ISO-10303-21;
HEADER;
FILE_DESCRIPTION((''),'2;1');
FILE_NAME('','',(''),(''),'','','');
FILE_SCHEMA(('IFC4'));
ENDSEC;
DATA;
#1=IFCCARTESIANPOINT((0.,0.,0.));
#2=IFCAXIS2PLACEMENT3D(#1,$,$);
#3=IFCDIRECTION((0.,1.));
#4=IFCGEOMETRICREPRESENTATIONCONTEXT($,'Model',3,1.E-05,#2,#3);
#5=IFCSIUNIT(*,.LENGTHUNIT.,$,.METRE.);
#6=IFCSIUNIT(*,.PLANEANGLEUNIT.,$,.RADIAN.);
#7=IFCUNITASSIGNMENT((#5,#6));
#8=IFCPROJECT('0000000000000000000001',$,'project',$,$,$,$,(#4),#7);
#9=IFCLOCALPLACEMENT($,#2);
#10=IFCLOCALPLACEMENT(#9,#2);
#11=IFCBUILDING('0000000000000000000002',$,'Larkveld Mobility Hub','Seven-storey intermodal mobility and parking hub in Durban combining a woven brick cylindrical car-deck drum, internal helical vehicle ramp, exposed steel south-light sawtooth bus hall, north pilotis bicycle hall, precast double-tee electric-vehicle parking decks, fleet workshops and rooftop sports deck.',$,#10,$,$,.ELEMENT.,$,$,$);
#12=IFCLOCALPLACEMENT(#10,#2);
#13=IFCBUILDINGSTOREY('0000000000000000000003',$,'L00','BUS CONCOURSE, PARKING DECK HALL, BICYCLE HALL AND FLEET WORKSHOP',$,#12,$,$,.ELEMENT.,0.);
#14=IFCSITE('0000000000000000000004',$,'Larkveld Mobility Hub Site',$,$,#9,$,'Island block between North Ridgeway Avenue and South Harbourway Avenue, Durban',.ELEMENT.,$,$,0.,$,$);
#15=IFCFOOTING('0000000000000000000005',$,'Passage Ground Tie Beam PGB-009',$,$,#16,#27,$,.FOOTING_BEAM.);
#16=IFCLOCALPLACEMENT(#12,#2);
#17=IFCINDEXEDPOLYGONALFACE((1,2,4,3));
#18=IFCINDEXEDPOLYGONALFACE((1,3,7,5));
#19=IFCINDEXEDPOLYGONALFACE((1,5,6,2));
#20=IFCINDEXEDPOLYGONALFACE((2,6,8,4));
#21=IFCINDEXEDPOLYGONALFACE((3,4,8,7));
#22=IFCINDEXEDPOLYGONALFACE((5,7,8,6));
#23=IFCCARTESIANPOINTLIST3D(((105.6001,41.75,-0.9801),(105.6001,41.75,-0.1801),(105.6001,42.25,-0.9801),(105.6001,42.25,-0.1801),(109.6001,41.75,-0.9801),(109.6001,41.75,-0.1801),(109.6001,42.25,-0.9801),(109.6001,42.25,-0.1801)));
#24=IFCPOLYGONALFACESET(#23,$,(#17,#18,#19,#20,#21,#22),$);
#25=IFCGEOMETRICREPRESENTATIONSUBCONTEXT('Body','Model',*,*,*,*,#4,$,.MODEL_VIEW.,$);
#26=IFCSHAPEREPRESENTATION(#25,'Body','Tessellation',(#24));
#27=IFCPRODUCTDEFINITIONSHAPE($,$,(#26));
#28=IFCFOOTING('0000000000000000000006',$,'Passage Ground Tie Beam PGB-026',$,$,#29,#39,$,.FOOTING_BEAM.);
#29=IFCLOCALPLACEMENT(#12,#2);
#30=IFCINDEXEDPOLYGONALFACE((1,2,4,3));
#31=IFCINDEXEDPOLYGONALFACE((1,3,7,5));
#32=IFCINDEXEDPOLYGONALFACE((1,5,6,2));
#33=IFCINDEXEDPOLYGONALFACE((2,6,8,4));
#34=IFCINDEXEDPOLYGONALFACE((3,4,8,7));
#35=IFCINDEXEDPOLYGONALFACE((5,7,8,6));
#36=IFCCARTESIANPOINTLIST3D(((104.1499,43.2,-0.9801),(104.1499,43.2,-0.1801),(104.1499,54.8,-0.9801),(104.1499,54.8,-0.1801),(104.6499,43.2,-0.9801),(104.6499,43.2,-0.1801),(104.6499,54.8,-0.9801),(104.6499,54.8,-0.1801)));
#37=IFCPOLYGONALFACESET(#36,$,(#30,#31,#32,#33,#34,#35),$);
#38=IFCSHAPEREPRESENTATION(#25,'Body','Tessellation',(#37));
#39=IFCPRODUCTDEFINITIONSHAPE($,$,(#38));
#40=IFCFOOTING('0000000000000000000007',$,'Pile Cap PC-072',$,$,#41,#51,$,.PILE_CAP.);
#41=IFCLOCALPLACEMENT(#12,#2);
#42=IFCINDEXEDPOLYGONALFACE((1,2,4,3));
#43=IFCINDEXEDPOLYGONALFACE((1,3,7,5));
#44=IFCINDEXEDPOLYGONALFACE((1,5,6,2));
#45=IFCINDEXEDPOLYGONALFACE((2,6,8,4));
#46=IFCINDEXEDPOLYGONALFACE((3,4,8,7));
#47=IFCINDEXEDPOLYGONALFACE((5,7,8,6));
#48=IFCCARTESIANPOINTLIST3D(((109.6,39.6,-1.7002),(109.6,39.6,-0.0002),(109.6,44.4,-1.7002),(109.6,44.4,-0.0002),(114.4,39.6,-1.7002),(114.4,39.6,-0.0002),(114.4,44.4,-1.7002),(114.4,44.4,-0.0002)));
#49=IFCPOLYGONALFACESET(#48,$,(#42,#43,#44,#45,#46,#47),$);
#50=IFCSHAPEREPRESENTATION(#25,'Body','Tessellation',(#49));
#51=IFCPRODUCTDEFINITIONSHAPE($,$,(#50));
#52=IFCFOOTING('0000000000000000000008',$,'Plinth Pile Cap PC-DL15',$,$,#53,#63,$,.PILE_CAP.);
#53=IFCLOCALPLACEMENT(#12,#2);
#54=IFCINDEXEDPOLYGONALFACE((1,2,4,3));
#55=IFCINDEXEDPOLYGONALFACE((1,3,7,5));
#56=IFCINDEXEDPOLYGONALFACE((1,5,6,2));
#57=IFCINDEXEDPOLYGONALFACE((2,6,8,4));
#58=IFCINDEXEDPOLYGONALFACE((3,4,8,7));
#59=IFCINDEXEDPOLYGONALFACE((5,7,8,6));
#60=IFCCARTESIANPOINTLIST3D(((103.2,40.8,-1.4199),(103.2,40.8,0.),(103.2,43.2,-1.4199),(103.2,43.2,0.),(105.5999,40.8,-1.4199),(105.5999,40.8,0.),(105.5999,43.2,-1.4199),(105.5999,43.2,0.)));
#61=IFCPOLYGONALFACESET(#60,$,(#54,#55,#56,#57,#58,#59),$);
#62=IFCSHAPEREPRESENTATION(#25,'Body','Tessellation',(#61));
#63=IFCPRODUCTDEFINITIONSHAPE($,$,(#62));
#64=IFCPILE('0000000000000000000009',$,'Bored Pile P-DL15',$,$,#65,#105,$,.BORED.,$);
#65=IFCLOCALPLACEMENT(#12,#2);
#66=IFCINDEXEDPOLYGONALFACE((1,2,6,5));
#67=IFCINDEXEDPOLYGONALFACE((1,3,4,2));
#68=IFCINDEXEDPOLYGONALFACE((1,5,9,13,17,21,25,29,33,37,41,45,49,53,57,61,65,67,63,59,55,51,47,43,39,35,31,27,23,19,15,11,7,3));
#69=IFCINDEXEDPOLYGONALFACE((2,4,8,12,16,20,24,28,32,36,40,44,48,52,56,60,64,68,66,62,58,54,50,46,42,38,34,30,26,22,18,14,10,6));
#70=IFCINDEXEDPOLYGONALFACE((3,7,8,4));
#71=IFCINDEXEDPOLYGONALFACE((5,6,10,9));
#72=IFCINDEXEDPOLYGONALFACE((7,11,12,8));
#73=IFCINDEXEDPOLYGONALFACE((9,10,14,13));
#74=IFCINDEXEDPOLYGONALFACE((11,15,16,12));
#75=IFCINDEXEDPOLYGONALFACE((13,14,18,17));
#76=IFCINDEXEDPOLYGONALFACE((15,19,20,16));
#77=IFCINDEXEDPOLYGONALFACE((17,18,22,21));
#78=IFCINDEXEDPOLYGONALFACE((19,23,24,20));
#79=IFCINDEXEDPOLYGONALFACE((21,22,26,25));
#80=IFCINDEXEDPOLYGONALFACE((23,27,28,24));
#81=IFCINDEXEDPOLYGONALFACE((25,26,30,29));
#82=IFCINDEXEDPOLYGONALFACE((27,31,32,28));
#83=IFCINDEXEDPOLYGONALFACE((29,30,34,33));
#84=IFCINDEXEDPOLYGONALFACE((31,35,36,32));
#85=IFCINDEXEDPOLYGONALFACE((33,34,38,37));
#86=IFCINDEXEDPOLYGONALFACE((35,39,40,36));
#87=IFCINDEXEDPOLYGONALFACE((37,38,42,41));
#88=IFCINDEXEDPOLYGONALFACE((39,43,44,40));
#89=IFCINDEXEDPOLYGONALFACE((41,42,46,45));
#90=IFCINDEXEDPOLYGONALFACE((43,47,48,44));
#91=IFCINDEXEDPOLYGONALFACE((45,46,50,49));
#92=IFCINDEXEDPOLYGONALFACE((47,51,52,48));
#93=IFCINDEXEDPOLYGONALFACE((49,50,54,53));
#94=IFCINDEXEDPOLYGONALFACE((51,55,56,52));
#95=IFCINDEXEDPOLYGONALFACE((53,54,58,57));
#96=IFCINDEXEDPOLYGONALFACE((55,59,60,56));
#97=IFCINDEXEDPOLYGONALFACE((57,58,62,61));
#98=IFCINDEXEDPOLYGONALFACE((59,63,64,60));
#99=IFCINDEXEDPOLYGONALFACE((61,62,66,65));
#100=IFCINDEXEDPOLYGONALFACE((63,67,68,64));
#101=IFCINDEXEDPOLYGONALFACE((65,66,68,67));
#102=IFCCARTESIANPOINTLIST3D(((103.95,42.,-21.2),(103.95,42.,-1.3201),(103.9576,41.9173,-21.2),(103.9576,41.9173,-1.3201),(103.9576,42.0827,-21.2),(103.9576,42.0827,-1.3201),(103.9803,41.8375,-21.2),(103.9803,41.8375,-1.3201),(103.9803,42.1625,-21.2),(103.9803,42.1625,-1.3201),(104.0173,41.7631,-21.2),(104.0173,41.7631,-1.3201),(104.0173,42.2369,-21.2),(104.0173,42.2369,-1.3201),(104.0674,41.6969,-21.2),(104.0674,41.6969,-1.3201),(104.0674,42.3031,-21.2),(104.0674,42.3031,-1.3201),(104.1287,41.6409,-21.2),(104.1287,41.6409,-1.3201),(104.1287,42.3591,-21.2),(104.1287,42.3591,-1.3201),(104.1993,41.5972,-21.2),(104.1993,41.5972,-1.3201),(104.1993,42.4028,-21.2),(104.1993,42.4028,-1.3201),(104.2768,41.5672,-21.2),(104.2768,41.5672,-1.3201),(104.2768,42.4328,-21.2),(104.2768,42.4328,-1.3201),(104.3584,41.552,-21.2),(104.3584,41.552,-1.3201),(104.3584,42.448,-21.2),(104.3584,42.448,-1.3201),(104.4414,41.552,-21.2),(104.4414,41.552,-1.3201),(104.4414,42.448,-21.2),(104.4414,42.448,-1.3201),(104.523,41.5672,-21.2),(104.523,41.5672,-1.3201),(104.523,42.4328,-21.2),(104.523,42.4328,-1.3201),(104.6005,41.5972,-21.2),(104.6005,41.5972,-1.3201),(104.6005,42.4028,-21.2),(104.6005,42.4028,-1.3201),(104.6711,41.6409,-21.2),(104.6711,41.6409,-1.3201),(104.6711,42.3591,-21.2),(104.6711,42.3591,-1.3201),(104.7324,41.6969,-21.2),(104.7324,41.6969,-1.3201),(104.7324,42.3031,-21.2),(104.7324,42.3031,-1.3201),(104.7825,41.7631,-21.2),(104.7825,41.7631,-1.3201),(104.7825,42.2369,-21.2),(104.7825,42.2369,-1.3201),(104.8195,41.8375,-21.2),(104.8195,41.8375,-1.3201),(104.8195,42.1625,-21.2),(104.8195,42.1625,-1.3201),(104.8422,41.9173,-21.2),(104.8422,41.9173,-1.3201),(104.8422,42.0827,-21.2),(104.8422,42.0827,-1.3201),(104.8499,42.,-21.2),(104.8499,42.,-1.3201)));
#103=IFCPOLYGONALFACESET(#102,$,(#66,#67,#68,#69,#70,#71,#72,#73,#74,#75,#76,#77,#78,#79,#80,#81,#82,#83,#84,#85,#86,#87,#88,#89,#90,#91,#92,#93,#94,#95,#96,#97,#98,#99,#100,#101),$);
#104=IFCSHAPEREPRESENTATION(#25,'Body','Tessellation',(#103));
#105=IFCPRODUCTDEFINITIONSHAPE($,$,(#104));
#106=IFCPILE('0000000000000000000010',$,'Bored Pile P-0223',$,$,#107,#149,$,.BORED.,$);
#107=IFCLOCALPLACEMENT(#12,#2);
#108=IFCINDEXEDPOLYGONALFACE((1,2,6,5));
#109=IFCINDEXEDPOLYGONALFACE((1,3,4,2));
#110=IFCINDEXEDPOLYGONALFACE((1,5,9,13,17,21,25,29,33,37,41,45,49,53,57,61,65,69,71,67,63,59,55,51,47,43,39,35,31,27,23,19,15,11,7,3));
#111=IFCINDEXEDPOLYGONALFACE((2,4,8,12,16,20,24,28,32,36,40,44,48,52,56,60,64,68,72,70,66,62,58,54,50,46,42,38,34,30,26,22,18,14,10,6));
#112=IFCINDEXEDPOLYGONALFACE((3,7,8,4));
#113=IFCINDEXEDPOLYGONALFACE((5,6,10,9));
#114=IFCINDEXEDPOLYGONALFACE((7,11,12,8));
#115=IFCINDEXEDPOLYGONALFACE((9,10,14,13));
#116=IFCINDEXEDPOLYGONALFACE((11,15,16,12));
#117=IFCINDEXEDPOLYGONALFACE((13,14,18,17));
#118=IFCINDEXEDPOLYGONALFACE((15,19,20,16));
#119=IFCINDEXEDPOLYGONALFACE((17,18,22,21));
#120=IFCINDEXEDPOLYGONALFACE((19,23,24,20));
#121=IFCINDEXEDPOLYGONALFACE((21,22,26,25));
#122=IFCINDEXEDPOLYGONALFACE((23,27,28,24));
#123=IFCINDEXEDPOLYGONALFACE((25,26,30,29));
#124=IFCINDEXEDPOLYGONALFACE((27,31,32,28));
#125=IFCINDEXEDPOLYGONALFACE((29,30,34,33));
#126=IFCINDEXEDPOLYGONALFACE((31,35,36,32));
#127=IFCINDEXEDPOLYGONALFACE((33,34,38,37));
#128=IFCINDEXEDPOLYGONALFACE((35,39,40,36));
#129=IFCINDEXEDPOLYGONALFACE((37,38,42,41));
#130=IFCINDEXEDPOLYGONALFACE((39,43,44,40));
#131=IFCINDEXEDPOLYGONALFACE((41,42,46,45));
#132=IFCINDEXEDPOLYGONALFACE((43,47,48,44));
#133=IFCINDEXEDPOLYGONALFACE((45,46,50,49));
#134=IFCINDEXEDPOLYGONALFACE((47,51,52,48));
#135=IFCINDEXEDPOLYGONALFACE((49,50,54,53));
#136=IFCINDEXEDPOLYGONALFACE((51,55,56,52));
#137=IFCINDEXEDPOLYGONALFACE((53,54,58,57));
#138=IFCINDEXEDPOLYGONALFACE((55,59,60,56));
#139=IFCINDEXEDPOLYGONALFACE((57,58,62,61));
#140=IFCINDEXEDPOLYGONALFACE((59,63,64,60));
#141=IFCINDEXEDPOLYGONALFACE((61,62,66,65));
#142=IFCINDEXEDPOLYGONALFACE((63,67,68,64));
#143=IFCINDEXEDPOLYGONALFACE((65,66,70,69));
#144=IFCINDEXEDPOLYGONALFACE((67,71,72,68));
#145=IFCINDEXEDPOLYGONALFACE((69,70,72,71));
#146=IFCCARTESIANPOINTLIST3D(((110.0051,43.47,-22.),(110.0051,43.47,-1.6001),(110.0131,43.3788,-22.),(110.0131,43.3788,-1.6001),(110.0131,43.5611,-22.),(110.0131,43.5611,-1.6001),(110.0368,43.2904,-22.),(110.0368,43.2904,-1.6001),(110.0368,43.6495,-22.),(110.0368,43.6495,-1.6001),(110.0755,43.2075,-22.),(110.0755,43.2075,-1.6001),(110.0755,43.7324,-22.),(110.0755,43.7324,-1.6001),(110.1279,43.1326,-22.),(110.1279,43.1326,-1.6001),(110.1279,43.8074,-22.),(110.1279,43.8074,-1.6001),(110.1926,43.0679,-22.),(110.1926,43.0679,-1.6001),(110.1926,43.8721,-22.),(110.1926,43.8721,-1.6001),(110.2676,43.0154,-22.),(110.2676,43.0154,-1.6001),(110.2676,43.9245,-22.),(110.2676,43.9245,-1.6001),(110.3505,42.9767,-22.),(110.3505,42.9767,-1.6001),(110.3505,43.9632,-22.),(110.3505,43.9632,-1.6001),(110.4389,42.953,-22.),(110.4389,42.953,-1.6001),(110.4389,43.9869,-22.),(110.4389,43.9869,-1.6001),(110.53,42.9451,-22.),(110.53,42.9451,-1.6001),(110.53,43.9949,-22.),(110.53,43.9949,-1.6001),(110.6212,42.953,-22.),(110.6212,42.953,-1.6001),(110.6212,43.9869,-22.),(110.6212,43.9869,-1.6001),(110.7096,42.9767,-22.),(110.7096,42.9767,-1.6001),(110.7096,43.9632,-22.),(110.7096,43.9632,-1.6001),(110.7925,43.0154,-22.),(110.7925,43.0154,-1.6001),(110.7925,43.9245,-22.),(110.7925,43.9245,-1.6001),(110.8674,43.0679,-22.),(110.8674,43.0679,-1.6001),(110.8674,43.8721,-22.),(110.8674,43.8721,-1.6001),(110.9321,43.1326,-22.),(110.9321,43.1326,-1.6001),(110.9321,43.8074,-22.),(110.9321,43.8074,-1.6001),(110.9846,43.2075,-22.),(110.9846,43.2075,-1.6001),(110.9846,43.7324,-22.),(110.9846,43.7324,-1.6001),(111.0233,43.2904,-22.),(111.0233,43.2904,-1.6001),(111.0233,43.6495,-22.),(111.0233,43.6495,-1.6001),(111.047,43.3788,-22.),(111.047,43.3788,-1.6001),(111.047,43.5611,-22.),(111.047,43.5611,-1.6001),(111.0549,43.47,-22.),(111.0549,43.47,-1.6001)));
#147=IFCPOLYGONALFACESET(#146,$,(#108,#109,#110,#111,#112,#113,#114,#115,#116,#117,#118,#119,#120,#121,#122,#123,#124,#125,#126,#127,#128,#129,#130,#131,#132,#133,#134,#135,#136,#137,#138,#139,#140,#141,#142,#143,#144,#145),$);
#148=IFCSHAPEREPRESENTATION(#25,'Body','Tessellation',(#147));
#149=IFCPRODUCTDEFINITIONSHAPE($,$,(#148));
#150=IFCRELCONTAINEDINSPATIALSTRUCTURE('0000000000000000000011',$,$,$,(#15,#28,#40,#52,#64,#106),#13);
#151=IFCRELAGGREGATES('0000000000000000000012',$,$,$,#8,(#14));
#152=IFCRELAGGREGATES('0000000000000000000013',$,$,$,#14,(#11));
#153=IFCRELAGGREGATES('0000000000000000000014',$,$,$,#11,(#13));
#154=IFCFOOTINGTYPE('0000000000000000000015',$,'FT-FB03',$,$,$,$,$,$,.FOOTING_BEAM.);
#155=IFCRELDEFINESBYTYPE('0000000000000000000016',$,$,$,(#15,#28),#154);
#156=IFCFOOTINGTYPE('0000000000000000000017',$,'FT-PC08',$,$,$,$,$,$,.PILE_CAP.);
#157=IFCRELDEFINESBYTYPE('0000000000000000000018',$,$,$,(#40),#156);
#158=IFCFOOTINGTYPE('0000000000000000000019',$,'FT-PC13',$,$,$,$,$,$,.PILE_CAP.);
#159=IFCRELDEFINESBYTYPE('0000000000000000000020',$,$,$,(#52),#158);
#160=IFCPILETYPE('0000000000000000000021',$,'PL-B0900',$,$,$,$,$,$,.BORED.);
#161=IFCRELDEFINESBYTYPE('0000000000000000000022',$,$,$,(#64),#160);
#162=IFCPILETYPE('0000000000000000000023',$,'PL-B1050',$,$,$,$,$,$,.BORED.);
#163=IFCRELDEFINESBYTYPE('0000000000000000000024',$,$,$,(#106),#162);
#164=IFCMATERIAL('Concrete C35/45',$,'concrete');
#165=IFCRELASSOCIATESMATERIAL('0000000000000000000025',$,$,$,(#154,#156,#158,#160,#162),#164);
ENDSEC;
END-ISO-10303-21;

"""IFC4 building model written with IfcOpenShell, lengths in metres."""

from ifc_helpers import new_model, si_unit, direction, frame, origin, origin_2d, place, context, subcontext, project, spatial, rectangle, circle, extrude, material, material_profile, profile_set, type_object, element, save


model = new_model("IFC4")

# Units and contexts
model_context = context("Model", 3, precision=1e-05, world=origin(), true_north=direction((0.0, 1.0)))
body_context = subcontext(model_context, "Body", "Model", "MODEL_VIEW")
ifc_project = project(units=[si_unit("LENGTHUNIT", "METRE"), si_unit("PLANEANGLEUNIT", "RADIAN")], contexts=[model_context])

# Site, building, storey
site_placement = place(None, origin())
site = spatial("IfcSite", under=ifc_project, at=site_placement, Name="Larkveld Mobility Hub Site", LongName="Island block between North Ridgeway Avenue and South Harbourway Avenue, Durban", CompositionType="ELEMENT", RefElevation=0.0)
building_placement = place(site_placement, origin())
building = spatial("IfcBuilding", under=site, at=building_placement, Name="Larkveld Mobility Hub", Description="Seven-storey intermodal mobility and parking hub in Durban combining a woven brick cylindrical car-deck drum, internal helical vehicle ramp, exposed steel south-light sawtooth bus hall, north pilotis bicycle hall, precast double-tee electric-vehicle parking decks, fleet workshops and rooftop sports deck.", CompositionType="ELEMENT")
storey_placement = place(building_placement, origin())
storey = spatial("IfcBuildingStorey", under=building, at=storey_placement, Name="L00", Description="BUS CONCOURSE, PARKING DECK HALL, BICYCLE HALL AND FLEET WORKSHOP", CompositionType="ELEMENT", Elevation=0.0)

# Footings
ifc_material_1 = material(Name="Concrete C35/45", Category="concrete")
ifc_material_profile_1 = material_profile(ifc_material_1, rectangle(XDim=0.5, YDim=0.8, at=origin_2d()), Name="RC BM 500x800")
ifc_profile_set_1 = profile_set([ifc_material_profile_1], Name="Concrete C35/45")
footing_type_1 = type_object("IfcFootingType", Name="FT-FB03", PredefinedType="FOOTING_BEAM", material=ifc_profile_set_1)
footing_1_placement = place(storey_placement, frame((105.6001, 42.0, -0.5801), z_axis=(1.0, 0.0, 0.0), x_axis=(0.0, 1.0, 0.0)))
element("IfcFooting", 1, at=footing_1_placement, inside=storey, type_object=footing_type_1, Name="Passage Ground Tie Beam PGB-009", PredefinedType="FOOTING_BEAM", context=body_context, shape_type="SweptSolid", body=[
    extrude(rectangle(XDim=0.5, YDim=0.8, at=origin_2d()), origin(), (0.0, 0.0, 1.0), 4.0),
])
footing_2_placement = place(storey_placement, frame((104.3999, 43.2, -0.5801), z_axis=(0.0, 1.0, 0.0), x_axis=(-1.0, 0.0, 0.0)))
element("IfcFooting", 2, at=footing_2_placement, inside=storey, type_object=footing_type_1, Name="Passage Ground Tie Beam PGB-026", PredefinedType="FOOTING_BEAM", context=body_context, shape_type="SweptSolid", body=[
    extrude(rectangle(XDim=0.5, YDim=0.8, at=origin_2d()), origin(), (0.0, 0.0, 1.0), 11.6001),
])
footing_type_2 = type_object("IfcFootingType", Name="FT-PC08", PredefinedType="PILE_CAP", material=ifc_material_1)
footing_3_placement = place(storey_placement, frame((112.0, 42.0, -1.7002), z_axis=(0.0, 0.0, 1.0), x_axis=(1.0, 0.0, 0.0)))
element("IfcFooting", 3, at=footing_3_placement, inside=storey, type_object=footing_type_2, Name="Pile Cap PC-072", PredefinedType="PILE_CAP", context=body_context, shape_type="SweptSolid", body=[
    extrude(rectangle(XDim=4.8, YDim=4.8, at=origin_2d()), origin(), (0.0, 0.0, 1.0), 1.7),
])
footing_type_3 = type_object("IfcFootingType", Name="FT-PC13", PredefinedType="PILE_CAP", material=ifc_material_1)
footing_4_placement = place(storey_placement, frame((104.3999, 42.0, -1.4199), z_axis=(0.0, 0.0, 1.0), x_axis=(1.0, 0.0, 0.0)))
element("IfcFooting", 4, at=footing_4_placement, inside=storey, type_object=footing_type_3, Name="Plinth Pile Cap PC-DL15", PredefinedType="PILE_CAP", context=body_context, shape_type="SweptSolid", body=[
    extrude(rectangle(XDim=2.3999, YDim=2.3999, at=origin_2d()), origin(), (0.0, 0.0, 1.0), 1.4199),
])

# Piles
ifc_material_profile_2 = material_profile(ifc_material_1, circle(Radius=0.45, at=origin_2d()), Name="PILE D900")
ifc_profile_set_2 = profile_set([ifc_material_profile_2], Name="Concrete C35/45")
pile_type_1 = type_object("IfcPileType", Name="PL-B0900", PredefinedType="BORED", material=ifc_profile_set_2)
pile_1_placement = place(storey_placement, frame((104.3999, 42.0, -1.3201), z_axis=(0.0, 0.0, -1.0), x_axis=(1.0, 0.0, 0.0)))
element("IfcPile", 5, at=pile_1_placement, inside=storey, type_object=pile_type_1, Name="Bored Pile P-DL15", PredefinedType="BORED", context=body_context, shape_type="SweptSolid", body=[
    extrude(circle(Radius=0.45, at=origin_2d()), origin(), (0.0, 0.0, 1.0), 19.8799),
])
ifc_material_profile_3 = material_profile(ifc_material_1, circle(Radius=0.5249, at=origin_2d()), Name="PILE D1050")
ifc_profile_set_3 = profile_set([ifc_material_profile_3], Name="Concrete C35/45")
pile_type_2 = type_object("IfcPileType", Name="PL-B1050", PredefinedType="BORED", material=ifc_profile_set_3)
pile_2_placement = place(storey_placement, frame((110.53, 43.47, -1.6001), z_axis=(0.0, 0.0, -1.0), x_axis=(1.0, 0.0, 0.0)))
element("IfcPile", 6, at=pile_2_placement, inside=storey, type_object=pile_type_2, Name="Bored Pile P-0223", PredefinedType="BORED", context=body_context, shape_type="SweptSolid", body=[
    extrude(circle(Radius=0.5249, at=origin_2d()), origin(), (0.0, 0.0, 1.0), 20.3999),
])

save(model, "model.ifc")
